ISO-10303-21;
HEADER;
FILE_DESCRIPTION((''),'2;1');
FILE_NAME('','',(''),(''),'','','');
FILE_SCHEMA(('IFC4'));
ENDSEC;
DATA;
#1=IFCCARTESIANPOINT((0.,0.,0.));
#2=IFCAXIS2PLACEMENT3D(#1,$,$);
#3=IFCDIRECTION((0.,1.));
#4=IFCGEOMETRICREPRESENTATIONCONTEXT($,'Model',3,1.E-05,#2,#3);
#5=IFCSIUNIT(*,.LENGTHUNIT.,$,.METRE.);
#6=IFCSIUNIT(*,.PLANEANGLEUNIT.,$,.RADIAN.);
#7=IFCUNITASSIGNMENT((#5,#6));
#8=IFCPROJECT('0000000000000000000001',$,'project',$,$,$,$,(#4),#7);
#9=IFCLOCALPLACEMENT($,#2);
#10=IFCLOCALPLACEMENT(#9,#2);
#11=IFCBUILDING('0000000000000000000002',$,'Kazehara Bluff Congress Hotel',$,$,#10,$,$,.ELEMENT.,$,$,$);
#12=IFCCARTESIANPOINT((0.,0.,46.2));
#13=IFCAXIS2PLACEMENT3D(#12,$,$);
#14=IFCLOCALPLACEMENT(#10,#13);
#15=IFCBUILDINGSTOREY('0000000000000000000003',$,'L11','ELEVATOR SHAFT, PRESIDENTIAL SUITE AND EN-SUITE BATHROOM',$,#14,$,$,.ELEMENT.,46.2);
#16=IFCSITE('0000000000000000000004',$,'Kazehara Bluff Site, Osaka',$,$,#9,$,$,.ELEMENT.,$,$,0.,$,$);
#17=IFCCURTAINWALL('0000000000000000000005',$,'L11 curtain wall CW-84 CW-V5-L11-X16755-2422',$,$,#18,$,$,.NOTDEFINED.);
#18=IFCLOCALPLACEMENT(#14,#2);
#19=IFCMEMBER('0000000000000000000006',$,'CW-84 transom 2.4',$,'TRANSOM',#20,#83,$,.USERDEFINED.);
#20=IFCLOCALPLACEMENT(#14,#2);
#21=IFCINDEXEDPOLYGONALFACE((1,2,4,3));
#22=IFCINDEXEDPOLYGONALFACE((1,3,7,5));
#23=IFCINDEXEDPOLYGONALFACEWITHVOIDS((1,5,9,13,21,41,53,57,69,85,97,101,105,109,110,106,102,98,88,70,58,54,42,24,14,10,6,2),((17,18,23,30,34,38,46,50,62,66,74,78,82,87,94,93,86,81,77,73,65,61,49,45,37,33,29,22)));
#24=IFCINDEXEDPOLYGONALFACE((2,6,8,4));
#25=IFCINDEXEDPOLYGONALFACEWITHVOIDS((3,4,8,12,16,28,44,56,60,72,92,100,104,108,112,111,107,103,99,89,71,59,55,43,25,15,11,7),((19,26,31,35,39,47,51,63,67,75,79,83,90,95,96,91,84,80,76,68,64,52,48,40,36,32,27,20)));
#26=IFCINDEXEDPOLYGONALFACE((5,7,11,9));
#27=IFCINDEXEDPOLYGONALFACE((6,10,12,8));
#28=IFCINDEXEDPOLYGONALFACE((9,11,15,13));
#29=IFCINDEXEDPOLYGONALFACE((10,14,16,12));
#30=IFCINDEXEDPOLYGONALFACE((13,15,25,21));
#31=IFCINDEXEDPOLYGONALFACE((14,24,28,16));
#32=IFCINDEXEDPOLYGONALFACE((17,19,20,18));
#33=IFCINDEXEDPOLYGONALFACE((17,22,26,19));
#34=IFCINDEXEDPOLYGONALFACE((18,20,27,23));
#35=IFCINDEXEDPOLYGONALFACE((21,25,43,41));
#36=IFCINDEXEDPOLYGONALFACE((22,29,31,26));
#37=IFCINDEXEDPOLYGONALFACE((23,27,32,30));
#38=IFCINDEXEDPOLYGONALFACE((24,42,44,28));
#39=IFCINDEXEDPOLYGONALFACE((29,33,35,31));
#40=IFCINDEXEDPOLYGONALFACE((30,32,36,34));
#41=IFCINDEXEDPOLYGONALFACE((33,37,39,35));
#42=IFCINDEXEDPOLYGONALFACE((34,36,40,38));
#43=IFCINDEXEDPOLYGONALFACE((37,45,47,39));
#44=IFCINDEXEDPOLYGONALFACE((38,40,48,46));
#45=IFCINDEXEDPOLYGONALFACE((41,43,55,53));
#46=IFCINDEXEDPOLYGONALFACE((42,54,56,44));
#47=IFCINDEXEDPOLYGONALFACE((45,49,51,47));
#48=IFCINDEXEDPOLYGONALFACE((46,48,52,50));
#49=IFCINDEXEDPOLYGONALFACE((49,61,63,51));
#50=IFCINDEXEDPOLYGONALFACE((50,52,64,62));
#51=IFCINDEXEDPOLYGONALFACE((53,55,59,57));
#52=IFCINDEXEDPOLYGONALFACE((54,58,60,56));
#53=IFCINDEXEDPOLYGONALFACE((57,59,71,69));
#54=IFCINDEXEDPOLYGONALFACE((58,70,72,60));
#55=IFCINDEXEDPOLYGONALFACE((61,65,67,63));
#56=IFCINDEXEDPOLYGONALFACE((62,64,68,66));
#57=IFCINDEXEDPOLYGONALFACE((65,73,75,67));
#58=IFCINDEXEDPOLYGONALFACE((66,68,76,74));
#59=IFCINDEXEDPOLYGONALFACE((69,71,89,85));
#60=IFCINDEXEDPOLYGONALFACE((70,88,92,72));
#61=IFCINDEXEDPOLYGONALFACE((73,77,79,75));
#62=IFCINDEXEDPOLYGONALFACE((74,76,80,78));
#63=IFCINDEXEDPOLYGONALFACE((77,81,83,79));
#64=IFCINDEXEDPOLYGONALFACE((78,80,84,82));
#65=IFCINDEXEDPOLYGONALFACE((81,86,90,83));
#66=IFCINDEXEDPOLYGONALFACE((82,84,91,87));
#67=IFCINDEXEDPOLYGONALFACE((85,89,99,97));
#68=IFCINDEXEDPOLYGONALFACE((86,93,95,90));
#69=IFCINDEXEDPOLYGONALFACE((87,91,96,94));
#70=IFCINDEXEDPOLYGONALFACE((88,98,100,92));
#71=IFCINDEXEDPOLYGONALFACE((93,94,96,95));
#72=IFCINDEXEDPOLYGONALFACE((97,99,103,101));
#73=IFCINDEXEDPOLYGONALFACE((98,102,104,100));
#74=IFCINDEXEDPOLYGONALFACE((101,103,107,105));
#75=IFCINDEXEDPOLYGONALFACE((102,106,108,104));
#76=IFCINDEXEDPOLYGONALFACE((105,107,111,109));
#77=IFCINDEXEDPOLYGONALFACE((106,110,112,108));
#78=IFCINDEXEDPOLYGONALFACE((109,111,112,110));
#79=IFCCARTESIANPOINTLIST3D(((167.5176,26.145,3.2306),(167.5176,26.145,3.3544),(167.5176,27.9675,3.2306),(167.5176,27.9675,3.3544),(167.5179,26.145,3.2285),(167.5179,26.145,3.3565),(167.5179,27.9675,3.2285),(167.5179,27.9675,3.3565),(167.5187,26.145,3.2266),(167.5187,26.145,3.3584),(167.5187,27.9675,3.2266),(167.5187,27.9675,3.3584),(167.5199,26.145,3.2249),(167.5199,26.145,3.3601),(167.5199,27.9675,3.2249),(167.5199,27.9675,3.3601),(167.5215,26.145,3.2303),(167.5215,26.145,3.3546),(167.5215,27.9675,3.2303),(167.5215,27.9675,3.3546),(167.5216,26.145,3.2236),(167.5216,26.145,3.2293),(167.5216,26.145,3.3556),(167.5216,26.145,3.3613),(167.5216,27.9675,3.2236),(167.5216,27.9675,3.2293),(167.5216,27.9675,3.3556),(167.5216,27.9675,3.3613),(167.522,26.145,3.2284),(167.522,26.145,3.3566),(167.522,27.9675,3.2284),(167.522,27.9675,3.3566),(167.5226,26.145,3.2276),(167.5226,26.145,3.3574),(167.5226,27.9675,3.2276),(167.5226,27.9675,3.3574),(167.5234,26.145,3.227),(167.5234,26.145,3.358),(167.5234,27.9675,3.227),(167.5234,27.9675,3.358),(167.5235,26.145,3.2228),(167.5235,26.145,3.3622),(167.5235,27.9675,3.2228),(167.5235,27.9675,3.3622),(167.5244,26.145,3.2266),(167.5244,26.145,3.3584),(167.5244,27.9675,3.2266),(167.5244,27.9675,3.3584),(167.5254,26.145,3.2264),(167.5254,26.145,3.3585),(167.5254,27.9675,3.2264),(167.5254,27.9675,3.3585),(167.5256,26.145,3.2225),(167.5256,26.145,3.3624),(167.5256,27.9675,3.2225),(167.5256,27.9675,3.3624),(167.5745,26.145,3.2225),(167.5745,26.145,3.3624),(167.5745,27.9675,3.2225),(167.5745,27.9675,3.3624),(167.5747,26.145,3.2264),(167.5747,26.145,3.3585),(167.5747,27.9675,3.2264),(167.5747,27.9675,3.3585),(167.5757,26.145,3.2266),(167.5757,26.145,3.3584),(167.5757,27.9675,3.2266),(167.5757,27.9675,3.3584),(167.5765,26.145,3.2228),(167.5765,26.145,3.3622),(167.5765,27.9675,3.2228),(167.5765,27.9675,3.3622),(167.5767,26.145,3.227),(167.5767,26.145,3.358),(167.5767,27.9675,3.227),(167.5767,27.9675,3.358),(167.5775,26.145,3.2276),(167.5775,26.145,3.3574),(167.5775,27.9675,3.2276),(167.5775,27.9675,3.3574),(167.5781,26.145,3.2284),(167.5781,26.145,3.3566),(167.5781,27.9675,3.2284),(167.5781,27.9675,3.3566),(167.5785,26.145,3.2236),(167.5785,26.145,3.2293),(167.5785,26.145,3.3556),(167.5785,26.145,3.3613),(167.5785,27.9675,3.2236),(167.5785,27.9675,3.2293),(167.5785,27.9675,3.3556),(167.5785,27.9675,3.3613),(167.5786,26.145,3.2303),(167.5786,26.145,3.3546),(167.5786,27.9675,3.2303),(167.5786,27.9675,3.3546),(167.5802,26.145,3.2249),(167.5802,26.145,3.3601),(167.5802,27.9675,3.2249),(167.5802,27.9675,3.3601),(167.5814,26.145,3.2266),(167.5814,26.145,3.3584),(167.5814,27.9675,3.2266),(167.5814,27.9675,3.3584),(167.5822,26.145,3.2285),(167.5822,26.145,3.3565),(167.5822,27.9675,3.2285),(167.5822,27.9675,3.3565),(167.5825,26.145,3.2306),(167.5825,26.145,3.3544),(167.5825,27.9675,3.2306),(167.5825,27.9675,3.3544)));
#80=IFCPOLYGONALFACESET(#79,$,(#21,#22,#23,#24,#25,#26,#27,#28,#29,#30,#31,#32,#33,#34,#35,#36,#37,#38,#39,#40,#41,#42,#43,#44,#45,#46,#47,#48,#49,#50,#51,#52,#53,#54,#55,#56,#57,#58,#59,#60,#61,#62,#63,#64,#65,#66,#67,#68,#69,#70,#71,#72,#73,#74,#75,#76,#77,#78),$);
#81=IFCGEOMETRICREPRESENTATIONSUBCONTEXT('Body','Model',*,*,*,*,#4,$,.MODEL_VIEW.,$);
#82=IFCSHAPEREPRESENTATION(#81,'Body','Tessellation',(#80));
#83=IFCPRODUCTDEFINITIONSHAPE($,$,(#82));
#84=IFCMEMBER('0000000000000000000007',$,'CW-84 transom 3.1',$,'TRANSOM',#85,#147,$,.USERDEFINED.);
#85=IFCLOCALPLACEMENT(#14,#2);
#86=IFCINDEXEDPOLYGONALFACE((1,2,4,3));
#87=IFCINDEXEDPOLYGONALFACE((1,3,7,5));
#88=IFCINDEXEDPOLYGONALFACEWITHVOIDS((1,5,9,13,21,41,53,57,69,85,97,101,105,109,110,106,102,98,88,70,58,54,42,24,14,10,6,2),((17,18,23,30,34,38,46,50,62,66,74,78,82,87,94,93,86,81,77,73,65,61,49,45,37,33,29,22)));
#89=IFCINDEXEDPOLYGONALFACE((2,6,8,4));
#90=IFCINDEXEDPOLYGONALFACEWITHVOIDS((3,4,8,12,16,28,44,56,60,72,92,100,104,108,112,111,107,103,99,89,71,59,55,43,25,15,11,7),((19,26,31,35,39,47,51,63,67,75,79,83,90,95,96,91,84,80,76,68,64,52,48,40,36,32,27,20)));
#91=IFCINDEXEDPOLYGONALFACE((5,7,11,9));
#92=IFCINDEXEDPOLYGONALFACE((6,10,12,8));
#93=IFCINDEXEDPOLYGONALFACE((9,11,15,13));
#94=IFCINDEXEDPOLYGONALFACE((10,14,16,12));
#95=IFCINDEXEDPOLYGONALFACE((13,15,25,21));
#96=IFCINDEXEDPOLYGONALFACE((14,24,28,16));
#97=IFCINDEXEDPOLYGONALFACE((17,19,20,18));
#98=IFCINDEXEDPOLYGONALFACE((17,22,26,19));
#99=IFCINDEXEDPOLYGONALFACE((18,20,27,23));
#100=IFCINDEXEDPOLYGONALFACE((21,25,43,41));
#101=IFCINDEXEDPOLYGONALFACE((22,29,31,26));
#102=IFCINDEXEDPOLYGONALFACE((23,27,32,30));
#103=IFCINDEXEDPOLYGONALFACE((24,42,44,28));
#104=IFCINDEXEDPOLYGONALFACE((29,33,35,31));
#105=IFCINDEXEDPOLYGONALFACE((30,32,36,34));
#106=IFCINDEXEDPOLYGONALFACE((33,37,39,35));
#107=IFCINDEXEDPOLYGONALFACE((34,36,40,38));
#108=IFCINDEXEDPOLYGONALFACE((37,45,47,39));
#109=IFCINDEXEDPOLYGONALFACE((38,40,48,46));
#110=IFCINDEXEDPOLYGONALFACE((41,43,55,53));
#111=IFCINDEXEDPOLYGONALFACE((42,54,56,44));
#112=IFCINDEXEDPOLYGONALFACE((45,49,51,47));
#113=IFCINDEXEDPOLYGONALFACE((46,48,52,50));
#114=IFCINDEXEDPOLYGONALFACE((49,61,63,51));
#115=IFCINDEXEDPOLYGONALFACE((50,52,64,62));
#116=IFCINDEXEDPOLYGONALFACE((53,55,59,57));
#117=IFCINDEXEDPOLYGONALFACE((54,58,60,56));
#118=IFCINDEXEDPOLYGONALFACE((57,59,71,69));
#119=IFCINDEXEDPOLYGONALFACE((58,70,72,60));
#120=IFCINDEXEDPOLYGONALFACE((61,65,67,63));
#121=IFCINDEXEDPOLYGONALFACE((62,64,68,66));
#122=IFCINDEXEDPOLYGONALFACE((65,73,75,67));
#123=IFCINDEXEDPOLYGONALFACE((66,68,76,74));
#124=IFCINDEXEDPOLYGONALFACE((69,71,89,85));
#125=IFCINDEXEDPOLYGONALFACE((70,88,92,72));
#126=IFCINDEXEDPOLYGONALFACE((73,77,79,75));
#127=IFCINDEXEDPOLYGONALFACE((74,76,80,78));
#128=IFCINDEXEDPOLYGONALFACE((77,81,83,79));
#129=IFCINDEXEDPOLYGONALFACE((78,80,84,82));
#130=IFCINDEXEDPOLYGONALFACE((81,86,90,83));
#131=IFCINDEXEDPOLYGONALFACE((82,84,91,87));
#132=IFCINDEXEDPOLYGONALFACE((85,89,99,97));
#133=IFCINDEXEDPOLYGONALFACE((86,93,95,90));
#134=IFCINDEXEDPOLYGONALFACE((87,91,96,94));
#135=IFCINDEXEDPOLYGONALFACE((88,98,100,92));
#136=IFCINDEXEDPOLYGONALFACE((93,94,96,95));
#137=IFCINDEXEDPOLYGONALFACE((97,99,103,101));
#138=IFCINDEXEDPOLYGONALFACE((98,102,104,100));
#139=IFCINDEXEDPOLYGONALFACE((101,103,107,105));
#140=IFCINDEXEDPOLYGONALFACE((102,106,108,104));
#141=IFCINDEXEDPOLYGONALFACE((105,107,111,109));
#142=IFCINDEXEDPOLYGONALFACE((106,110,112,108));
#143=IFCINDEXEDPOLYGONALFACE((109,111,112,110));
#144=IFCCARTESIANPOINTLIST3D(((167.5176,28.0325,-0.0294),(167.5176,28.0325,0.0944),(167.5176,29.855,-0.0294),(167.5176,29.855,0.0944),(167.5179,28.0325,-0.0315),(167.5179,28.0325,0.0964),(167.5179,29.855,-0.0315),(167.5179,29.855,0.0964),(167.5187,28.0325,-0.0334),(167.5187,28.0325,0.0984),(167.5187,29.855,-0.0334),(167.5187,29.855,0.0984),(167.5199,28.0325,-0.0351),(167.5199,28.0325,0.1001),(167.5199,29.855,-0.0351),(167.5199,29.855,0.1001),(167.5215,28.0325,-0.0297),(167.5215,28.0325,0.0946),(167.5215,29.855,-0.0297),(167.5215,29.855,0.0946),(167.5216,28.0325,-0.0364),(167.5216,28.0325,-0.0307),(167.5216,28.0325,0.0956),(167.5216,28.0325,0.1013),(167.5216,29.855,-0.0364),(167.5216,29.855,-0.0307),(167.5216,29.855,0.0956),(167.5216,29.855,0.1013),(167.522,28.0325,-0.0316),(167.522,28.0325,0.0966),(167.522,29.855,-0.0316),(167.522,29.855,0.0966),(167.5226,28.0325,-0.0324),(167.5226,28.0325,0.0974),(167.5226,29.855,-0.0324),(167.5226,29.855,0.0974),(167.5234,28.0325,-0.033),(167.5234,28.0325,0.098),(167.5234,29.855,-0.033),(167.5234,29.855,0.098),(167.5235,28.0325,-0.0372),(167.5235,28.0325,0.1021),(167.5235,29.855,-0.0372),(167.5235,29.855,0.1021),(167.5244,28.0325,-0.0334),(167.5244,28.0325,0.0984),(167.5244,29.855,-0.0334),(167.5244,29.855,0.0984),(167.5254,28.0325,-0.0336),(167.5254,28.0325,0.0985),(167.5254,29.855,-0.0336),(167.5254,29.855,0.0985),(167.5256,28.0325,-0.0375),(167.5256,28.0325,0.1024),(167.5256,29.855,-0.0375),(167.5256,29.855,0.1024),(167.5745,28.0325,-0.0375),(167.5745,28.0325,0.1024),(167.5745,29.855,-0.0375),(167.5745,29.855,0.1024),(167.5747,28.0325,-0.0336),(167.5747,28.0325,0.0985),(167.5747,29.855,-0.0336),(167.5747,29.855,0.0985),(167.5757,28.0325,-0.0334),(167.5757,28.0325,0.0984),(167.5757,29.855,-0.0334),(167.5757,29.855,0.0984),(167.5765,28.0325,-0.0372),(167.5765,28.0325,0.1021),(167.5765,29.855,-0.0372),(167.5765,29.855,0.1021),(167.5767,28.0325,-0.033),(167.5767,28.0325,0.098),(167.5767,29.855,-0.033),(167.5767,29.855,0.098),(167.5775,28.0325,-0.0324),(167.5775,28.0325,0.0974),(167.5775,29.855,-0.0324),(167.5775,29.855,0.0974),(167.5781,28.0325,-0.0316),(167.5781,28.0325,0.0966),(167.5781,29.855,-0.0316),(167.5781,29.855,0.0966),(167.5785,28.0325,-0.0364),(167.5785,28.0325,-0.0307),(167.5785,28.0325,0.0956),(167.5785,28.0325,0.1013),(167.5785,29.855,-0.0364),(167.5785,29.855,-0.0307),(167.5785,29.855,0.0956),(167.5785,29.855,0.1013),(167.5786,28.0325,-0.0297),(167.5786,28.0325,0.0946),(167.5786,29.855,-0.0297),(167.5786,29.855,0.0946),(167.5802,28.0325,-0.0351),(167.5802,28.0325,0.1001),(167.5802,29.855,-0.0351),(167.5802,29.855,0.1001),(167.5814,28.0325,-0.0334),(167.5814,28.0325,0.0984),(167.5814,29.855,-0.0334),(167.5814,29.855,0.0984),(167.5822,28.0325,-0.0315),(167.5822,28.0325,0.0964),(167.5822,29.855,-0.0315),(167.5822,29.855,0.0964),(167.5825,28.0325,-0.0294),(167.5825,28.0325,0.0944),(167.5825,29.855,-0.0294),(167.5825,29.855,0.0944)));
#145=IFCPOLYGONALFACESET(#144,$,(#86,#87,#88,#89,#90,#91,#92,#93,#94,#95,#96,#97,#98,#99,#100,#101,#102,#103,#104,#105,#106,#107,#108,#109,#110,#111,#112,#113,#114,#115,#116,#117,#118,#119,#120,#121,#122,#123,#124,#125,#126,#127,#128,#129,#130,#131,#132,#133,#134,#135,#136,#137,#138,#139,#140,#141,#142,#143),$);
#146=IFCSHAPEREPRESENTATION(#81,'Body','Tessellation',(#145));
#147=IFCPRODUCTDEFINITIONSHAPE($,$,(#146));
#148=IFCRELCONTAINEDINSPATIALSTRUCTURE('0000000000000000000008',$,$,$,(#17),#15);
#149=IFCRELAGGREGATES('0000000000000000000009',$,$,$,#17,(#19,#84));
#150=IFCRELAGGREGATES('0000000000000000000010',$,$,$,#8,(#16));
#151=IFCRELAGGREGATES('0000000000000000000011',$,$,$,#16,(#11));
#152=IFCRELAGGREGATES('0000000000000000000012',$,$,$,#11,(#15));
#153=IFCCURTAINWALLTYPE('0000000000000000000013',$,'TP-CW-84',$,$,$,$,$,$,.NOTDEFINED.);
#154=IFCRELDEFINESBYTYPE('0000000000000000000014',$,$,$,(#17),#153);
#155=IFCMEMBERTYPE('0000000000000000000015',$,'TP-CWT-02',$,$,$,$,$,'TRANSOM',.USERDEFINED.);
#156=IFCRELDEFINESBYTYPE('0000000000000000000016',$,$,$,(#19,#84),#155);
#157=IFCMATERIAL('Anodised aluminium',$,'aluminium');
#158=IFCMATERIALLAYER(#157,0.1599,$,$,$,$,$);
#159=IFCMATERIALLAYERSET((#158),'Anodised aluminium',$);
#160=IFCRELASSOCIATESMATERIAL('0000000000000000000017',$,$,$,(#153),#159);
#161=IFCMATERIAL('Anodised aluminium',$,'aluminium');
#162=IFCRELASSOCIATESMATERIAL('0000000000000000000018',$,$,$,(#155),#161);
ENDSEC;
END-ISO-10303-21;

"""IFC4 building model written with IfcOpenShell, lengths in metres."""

from ifc_helpers import new_model, si_unit, direction, frame, origin, origin_2d, place, context, subcontext, project, spatial, hollow_rectangle, extrude, material, layer, layer_set, material_profile, profile_set, type_object, element, aggregate, save


model = new_model("IFC4")

# Units and contexts
model_context = context("Model", 3, precision=1e-05, world=origin(), true_north=direction((0.0, 1.0)))
body_context = subcontext(model_context, "Body", "Model", "MODEL_VIEW")
ifc_project = project(units=[si_unit("LENGTHUNIT", "METRE"), si_unit("PLANEANGLEUNIT", "RADIAN")], contexts=[model_context])

# Site, building, storey
site_placement = place(None, origin())
site = spatial("IfcSite", under=ifc_project, at=site_placement, Name="Kazehara Bluff Site, Osaka", CompositionType="ELEMENT", RefElevation=0.0)
building_placement = place(site_placement, origin())
building = spatial("IfcBuilding", under=site, at=building_placement, Name="Kazehara Bluff Congress Hotel", CompositionType="ELEMENT")
storey_placement = place(building_placement, frame((0.0, 0.0, 46.2)))
storey = spatial("IfcBuildingStorey", under=building, at=storey_placement, Name="L11", Description="ELEVATOR SHAFT, PRESIDENTIAL SUITE AND EN-SUITE BATHROOM", CompositionType="ELEMENT", Elevation=46.2)

# Curtain wall, members
ifc_material_1 = material(Name="Anodised aluminium", Category="aluminium")
ifc_layer_1 = layer(ifc_material_1, 0.1599)
ifc_layer_set_1 = layer_set([ifc_layer_1], Name="Anodised aluminium")
curtain_wall_type = type_object("IfcCurtainWallType", Name="TP-CW-84", PredefinedType="NOTDEFINED", material=ifc_layer_set_1)
curtain_wall_placement = place(storey_placement, origin())
curtain_wall = element("IfcCurtainWall", 1, at=curtain_wall_placement, inside=storey, type_object=curtain_wall_type, Name="L11 curtain wall CW-84 CW-V5-L11-X16755-2422", PredefinedType="NOTDEFINED")
ifc_material_2 = material(Name="Anodised aluminium", Category="aluminium")
ifc_material_profile_1 = material_profile(ifc_material_2, hollow_rectangle(XDim=0.0649, YDim=0.1399, WallThickness=0.0039, InnerFilletRadius=0.0039, OuterFilletRadius=0.0081, at=origin_2d()))
ifc_profile_set_1 = profile_set([ifc_material_profile_1], Name="Anodised aluminium")
member_type_1 = type_object("IfcMemberType", Name="TP-CWT-02", ElementType="TRANSOM", PredefinedType="USERDEFINED", material=ifc_profile_set_1)
member_1_placement = place(storey_placement, frame((167.55, 26.145, 3.2925), z_axis=(0.0, 1.0, 0.0), x_axis=(-1.0, 0.0, 0.0)))
member_1 = element("IfcMember", 2, at=member_1_placement, type_object=member_type_1, Name="CW-84 transom 2.4", ObjectType="TRANSOM", PredefinedType="USERDEFINED", context=body_context, shape_type="SweptSolid", body=[
    extrude(hollow_rectangle(XDim=0.0649, YDim=0.1399, WallThickness=0.0039, InnerFilletRadius=0.0039, OuterFilletRadius=0.0081, at=origin_2d()), origin(), (0.0, 0.0, 1.0), 1.8225),
])
member_2_placement = place(storey_placement, frame((167.55, 28.0325, 0.0325), z_axis=(0.0, 1.0, 0.0), x_axis=(-1.0, 0.0, 0.0)))
member_2 = element("IfcMember", 3, at=member_2_placement, type_object=member_type_1, Name="CW-84 transom 3.1", ObjectType="TRANSOM", PredefinedType="USERDEFINED", context=body_context, shape_type="SweptSolid", body=[
    extrude(hollow_rectangle(XDim=0.0649, YDim=0.1399, WallThickness=0.0039, InnerFilletRadius=0.0039, OuterFilletRadius=0.0081, at=origin_2d()), origin(), (0.0, 0.0, 1.0), 1.8225),
])

aggregate(curtain_wall, [member_1, member_2])

save(model, "model.ifc")
